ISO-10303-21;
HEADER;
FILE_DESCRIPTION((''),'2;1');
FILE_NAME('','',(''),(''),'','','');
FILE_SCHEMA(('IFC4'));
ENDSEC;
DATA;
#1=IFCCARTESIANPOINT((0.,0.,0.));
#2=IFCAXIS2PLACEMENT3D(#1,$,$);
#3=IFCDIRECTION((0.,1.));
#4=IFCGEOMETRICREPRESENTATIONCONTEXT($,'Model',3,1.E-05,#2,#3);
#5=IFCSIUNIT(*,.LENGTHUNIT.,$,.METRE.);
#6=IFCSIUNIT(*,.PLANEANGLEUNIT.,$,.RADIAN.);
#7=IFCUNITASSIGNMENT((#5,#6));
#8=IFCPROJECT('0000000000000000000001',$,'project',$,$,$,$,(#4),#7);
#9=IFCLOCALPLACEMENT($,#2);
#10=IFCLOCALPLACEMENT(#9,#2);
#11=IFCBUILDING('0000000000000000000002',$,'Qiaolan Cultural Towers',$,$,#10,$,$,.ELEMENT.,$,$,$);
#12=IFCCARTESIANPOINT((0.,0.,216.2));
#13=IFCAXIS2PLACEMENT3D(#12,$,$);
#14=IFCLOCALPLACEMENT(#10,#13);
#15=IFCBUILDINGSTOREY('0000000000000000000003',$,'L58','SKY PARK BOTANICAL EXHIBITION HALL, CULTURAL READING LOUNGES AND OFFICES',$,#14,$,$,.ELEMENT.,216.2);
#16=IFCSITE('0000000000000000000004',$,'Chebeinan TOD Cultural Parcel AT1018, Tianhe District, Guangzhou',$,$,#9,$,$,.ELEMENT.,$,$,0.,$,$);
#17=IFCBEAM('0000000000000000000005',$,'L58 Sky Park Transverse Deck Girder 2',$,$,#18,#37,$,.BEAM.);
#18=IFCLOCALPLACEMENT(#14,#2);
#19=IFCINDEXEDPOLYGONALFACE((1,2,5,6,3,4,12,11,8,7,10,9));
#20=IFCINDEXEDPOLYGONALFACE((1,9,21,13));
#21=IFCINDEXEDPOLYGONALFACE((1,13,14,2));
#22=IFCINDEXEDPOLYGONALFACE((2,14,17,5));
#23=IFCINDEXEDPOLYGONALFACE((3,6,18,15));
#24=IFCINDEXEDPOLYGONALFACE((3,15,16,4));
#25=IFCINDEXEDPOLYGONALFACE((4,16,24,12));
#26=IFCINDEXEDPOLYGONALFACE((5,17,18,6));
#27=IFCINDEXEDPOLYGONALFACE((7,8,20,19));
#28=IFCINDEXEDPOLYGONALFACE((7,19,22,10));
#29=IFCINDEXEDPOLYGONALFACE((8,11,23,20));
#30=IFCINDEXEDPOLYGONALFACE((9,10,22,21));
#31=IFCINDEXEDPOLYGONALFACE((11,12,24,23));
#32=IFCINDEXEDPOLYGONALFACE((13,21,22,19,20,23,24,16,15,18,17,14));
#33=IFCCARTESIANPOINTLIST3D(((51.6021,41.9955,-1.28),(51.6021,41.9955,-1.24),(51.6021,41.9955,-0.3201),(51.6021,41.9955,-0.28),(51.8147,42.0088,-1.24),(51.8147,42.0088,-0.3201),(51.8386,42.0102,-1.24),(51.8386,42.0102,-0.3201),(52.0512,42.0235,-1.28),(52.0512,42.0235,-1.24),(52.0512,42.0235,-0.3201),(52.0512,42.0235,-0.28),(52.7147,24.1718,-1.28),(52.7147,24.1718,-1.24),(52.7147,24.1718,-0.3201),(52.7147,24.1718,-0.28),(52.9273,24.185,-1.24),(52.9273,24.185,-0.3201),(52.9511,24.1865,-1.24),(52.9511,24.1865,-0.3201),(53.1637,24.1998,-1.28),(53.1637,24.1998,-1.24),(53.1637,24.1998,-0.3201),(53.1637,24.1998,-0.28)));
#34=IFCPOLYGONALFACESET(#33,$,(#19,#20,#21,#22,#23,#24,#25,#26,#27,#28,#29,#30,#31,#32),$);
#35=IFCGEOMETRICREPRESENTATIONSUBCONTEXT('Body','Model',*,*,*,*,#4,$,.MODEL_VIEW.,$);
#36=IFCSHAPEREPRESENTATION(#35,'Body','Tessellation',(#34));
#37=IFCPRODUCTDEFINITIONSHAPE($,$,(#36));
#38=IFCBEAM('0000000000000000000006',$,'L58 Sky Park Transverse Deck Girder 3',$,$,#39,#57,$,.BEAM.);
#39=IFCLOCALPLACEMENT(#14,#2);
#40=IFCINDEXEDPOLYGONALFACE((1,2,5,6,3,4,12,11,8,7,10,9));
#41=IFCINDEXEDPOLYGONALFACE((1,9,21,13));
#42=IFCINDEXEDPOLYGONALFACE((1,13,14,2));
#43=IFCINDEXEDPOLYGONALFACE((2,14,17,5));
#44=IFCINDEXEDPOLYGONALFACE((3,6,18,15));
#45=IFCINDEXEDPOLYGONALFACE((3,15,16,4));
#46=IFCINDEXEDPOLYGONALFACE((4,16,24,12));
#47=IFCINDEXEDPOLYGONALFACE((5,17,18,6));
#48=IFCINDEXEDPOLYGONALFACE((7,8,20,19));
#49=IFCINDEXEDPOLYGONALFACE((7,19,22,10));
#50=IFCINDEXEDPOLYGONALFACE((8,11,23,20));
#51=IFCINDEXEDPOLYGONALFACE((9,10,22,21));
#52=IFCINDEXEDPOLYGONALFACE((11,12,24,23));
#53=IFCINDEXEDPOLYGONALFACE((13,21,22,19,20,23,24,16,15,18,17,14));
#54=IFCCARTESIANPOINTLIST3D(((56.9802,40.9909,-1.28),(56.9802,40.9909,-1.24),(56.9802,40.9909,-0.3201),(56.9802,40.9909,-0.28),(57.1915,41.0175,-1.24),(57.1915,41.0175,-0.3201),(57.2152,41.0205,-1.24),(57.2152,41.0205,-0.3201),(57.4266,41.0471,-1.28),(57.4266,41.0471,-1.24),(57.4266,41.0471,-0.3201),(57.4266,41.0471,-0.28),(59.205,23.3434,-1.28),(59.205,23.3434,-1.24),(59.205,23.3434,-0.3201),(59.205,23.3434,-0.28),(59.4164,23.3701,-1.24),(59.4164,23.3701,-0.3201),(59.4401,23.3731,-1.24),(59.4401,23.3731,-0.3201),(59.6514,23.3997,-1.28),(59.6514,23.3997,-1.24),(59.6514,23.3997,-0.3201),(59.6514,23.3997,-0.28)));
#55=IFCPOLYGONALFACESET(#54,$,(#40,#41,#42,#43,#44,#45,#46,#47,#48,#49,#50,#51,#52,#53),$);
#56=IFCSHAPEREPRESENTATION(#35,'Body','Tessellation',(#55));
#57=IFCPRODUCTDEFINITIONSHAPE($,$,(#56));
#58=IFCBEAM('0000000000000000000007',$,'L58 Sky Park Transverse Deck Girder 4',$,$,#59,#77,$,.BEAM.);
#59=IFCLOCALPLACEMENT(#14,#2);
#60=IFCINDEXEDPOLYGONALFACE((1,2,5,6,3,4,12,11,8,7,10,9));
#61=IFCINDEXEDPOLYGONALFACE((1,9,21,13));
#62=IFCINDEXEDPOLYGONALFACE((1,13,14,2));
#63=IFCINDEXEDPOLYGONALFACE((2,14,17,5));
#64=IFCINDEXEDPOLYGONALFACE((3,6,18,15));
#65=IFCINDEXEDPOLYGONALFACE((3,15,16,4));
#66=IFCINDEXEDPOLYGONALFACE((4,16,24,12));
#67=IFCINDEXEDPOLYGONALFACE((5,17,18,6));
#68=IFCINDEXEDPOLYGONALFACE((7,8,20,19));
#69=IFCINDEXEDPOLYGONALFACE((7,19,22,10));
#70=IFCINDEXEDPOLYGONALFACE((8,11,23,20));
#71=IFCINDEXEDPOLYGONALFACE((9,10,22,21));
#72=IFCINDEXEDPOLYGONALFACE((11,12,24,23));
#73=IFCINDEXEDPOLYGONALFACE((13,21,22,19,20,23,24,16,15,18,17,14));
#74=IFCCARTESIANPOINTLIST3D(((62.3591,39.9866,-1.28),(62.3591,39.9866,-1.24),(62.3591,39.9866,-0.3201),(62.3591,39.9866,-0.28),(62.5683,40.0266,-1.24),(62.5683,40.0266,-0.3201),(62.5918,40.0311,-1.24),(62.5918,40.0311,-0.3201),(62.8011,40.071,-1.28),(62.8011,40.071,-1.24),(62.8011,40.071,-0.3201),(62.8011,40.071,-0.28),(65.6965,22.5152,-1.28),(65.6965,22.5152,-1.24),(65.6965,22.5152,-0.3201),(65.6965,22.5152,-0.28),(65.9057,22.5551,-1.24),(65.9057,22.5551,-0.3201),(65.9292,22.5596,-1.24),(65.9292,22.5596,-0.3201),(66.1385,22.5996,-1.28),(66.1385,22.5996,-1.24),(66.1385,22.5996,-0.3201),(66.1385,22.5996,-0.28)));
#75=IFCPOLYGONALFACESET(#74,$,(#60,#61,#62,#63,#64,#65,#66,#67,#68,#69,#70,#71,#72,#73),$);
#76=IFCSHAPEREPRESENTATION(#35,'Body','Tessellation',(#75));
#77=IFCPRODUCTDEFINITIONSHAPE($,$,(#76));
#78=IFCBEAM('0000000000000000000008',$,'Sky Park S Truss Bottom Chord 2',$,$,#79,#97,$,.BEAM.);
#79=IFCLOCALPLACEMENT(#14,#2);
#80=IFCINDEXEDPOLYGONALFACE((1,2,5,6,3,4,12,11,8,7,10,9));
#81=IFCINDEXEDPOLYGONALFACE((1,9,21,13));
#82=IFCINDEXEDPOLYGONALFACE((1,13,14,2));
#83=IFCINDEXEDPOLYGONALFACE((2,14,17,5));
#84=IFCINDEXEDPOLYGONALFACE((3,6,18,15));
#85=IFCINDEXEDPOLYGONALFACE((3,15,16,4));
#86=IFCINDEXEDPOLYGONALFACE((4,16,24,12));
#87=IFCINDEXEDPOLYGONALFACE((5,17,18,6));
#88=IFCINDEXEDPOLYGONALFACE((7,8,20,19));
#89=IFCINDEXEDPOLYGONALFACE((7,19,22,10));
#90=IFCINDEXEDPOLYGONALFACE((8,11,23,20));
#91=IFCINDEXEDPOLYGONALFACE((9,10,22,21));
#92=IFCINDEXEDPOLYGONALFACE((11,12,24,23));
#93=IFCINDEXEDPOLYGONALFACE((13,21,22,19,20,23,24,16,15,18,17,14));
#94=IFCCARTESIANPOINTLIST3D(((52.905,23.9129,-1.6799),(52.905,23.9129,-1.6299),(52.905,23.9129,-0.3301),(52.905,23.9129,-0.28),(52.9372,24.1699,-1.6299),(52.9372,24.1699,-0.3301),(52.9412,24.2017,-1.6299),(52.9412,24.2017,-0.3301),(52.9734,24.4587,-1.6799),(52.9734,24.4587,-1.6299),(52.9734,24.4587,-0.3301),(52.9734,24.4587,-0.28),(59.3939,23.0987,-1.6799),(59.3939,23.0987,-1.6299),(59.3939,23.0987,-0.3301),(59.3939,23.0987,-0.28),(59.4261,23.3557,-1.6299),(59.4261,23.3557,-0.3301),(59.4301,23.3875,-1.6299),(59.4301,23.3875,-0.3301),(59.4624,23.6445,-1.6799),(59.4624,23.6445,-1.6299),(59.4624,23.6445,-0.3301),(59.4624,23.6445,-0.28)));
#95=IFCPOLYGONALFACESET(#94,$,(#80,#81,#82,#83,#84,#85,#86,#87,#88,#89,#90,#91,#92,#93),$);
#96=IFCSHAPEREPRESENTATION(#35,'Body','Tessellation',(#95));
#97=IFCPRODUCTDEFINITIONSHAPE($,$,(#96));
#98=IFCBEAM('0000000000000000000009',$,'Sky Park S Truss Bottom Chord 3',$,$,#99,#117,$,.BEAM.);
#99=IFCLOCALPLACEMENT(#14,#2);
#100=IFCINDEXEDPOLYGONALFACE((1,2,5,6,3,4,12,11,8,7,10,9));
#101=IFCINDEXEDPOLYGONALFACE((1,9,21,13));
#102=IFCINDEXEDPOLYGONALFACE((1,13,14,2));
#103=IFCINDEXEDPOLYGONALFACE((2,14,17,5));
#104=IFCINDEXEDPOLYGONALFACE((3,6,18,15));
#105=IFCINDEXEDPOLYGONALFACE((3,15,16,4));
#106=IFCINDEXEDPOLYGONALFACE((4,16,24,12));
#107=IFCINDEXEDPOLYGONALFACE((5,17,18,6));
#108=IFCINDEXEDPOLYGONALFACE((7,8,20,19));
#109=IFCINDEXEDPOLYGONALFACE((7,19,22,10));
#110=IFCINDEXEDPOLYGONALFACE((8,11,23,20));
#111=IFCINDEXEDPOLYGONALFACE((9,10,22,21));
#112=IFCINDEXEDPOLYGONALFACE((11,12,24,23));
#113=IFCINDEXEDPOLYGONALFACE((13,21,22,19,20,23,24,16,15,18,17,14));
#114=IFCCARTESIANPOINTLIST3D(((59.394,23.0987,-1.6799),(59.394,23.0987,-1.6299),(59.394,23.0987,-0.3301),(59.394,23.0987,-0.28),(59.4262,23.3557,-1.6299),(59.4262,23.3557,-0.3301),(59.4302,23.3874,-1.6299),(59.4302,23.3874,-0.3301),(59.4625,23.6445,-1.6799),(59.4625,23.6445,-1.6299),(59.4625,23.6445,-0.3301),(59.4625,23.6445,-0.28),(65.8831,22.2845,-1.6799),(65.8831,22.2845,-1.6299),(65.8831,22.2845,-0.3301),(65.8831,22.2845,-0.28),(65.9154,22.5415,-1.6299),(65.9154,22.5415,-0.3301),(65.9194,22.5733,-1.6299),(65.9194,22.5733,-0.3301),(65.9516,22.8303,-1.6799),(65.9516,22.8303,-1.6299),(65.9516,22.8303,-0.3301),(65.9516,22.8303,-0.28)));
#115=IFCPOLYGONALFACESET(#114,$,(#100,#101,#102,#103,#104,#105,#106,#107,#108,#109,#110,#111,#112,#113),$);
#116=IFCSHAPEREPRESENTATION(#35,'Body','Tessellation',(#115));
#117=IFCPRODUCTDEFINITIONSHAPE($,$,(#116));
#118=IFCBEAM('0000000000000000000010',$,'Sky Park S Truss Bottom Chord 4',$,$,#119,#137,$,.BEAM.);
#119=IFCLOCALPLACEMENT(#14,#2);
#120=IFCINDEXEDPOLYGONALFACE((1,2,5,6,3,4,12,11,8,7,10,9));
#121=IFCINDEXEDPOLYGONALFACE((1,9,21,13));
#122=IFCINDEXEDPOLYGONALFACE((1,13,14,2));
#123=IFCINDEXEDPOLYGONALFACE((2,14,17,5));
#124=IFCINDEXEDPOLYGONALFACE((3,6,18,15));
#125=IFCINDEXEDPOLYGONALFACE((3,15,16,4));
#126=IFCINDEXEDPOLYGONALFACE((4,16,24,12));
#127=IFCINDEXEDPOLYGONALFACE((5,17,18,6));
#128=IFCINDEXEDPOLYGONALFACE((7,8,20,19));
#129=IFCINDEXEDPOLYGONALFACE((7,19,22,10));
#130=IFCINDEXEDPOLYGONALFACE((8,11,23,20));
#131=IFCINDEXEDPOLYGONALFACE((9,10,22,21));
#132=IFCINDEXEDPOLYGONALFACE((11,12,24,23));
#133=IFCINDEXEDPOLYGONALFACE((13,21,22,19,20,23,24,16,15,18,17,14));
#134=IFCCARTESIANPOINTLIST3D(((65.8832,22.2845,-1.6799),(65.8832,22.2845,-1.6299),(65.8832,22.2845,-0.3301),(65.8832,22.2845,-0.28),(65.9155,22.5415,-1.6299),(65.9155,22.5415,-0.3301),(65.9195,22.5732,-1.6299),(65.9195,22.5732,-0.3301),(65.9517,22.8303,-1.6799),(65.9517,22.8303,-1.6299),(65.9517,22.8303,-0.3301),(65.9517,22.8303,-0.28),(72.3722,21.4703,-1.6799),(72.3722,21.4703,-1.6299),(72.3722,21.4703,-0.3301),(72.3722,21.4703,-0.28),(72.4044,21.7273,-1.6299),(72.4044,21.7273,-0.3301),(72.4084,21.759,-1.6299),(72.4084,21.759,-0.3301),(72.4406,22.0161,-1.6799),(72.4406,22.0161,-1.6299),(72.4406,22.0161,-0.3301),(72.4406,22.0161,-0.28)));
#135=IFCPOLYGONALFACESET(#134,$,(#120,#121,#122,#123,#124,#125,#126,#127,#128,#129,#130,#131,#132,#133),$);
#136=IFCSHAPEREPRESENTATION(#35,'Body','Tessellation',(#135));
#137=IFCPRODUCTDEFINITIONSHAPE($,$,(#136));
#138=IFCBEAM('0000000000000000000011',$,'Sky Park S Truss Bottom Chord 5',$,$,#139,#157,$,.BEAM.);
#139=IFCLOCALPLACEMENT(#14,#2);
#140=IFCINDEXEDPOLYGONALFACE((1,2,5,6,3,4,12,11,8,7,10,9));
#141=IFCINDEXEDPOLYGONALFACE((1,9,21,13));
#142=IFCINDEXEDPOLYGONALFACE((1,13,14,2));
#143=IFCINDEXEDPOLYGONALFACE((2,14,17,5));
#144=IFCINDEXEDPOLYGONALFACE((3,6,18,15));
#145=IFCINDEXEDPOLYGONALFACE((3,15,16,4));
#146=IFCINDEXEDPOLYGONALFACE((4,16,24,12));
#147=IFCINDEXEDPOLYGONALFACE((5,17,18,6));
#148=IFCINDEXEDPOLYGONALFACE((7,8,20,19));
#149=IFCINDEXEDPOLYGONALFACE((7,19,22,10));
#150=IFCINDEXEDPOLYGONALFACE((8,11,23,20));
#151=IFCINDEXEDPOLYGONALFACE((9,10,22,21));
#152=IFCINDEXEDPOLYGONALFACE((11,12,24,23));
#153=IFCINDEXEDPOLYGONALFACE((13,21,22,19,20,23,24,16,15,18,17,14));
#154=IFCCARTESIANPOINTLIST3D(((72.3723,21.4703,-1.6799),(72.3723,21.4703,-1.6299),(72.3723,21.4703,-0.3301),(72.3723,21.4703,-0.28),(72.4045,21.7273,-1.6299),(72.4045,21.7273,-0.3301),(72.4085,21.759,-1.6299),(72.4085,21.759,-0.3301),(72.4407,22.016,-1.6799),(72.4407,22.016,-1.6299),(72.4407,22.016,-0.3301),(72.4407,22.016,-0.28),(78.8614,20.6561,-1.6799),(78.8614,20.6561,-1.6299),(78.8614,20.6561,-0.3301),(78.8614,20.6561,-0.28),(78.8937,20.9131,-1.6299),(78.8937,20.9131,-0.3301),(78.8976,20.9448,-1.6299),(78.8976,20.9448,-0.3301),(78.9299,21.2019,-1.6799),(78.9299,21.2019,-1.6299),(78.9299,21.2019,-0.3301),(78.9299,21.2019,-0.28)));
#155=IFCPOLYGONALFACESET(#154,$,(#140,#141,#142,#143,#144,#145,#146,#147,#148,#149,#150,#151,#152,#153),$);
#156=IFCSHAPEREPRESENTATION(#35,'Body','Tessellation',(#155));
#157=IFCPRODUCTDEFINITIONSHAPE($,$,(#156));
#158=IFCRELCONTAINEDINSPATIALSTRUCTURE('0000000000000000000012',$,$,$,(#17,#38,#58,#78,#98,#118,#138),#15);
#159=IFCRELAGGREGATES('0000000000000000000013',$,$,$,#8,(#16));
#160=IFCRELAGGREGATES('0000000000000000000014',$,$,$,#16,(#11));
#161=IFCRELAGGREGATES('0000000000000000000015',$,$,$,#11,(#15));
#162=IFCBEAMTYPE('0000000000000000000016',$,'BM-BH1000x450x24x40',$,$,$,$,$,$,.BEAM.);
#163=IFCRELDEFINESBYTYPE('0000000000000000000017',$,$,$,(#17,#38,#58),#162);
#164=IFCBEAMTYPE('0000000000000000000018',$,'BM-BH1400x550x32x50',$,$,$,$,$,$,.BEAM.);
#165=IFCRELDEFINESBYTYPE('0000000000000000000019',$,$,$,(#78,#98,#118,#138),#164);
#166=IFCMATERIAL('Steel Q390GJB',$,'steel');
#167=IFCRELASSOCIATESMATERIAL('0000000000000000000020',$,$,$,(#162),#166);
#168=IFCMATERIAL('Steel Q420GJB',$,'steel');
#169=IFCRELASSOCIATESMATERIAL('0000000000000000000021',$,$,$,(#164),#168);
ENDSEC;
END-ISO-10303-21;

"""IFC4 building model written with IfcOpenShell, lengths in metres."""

from ifc_helpers import new_model, si_unit, direction, frame, origin, origin_2d, place, context, subcontext, project, spatial, i_section, extrude, material, material_profile, profile_set, type_object, element, save


model = new_model("IFC4")

# Units and contexts
model_context = context("Model", 3, precision=1e-05, world=origin(), true_north=direction((0.0, 1.0)))
body_context = subcontext(model_context, "Body", "Model", "MODEL_VIEW")
ifc_project = project(units=[si_unit("LENGTHUNIT", "METRE"), si_unit("PLANEANGLEUNIT", "RADIAN")], contexts=[model_context])

# Site, building, storey
site_placement = place(None, origin())
site = spatial("IfcSite", under=ifc_project, at=site_placement, Name="Chebeinan TOD Cultural Parcel AT1018, Tianhe District, Guangzhou", CompositionType="ELEMENT", RefElevation=0.0)
building_placement = place(site_placement, origin())
building = spatial("IfcBuilding", under=site, at=building_placement, Name="Qiaolan Cultural Towers", CompositionType="ELEMENT")
storey_placement = place(building_placement, frame((0.0, 0.0, 216.2)))
storey = spatial("IfcBuildingStorey", under=building, at=storey_placement, Name="L58", Description="SKY PARK BOTANICAL EXHIBITION HALL, CULTURAL READING LOUNGES AND OFFICES", CompositionType="ELEMENT", Elevation=216.2)

# Beams
ifc_material_1 = material(Name="Steel Q390GJB", Category="steel")
ifc_material_profile_1 = material_profile(ifc_material_1, i_section(OverallWidth=0.45, OverallDepth=1.0, WebThickness=0.0239, FlangeThickness=0.04, at=origin_2d()), Name="BH1000x450x24x40")
ifc_profile_set_1 = profile_set([ifc_material_profile_1], Name="Steel Q390GJB")
beam_type_1 = type_object("IfcBeamType", Name="BM-BH1000x450x24x40", PredefinedType="BEAM", material=ifc_profile_set_1)
beam_1_placement = place(storey_placement, frame((52.9392, 24.1858, -0.78), z_axis=(-0.062298, 0.998058, 0.0), x_axis=(-0.998058, -0.062298, 0.0)))
element("IfcBeam", 1, at=beam_1_placement, inside=storey, type_object=beam_type_1, Name="L58 Sky Park Transverse Deck Girder 2", PredefinedType="BEAM", context=body_context, shape_type="SweptSolid", body=[
    extrude(i_section(OverallWidth=0.45, OverallDepth=1.0, WebThickness=0.0239, FlangeThickness=0.04, at=origin_2d()), origin(), (0.0, 0.0, 1.0), 17.8584),
])
beam_2_placement = place(storey_placement, frame((59.4282, 23.3716, -0.78), z_axis=(-0.125082, 0.992146, 0.0), x_axis=(-0.992146, -0.125082, 0.0)))
element("IfcBeam", 2, at=beam_2_placement, inside=storey, type_object=beam_type_1, Name="L58 Sky Park Transverse Deck Girder 3", PredefinedType="BEAM", context=body_context, shape_type="SweptSolid", body=[
    extrude(i_section(OverallWidth=0.45, OverallDepth=1.0, WebThickness=0.0239, FlangeThickness=0.04, at=origin_2d()), origin(), (0.0, 0.0, 1.0), 17.7871),
])
beam_3_placement = place(storey_placement, frame((65.9175, 22.5574, -0.78), z_axis=(-0.187628, 0.98224, 0.0), x_axis=(-0.98224, -0.187628, 0.0)))
element("IfcBeam", 3, at=beam_3_placement, inside=storey, type_object=beam_type_1, Name="L58 Sky Park Transverse Deck Girder 4", PredefinedType="BEAM", context=body_context, shape_type="SweptSolid", body=[
    extrude(i_section(OverallWidth=0.45, OverallDepth=1.0, WebThickness=0.0239, FlangeThickness=0.04, at=origin_2d()), origin(), (0.0, 0.0, 1.0), 17.7874),
])
ifc_material_2 = material(Name="Steel Q420GJB", Category="steel")
ifc_material_profile_2 = material_profile(ifc_material_2, i_section(OverallWidth=0.55, OverallDepth=1.3999, WebThickness=0.032, FlangeThickness=0.05, at=origin_2d()), Name="BH1400x550x32x50")
ifc_profile_set_2 = profile_set([ifc_material_profile_2], Name="Steel Q420GJB")
beam_type_2 = type_object("IfcBeamType", Name="BM-BH1400x550x32x50", PredefinedType="BEAM", material=ifc_profile_set_2)
beam_4_placement = place(storey_placement, frame((52.9392, 24.1858, -0.98), z_axis=(0.99222, -0.124499, 0.0), x_axis=(0.124499, 0.99222, 0.0)))
element("IfcBeam", 4, at=beam_4_placement, inside=storey, type_object=beam_type_2, Name="Sky Park S Truss Bottom Chord 2", PredefinedType="BEAM", context=body_context, shape_type="SweptSolid", body=[
    extrude(i_section(OverallWidth=0.55, OverallDepth=1.3999, WebThickness=0.032, FlangeThickness=0.05, at=origin_2d()), origin(), (0.0, 0.0, 1.0), 6.5398),
])
beam_5_placement = place(storey_placement, frame((59.4282, 23.3716, -0.98), z_axis=(0.99222, -0.124494, 0.0), x_axis=(0.124494, 0.99222, 0.0)))
element("IfcBeam", 5, at=beam_5_placement, inside=storey, type_object=beam_type_2, Name="Sky Park S Truss Bottom Chord 3", PredefinedType="BEAM", context=body_context, shape_type="SweptSolid", body=[
    extrude(i_section(OverallWidth=0.55, OverallDepth=1.3999, WebThickness=0.032, FlangeThickness=0.05, at=origin_2d()), origin(), (0.0, 0.0, 1.0), 6.54),
])
beam_6_placement = place(storey_placement, frame((65.9175, 22.5574, -0.98), z_axis=(0.99222, -0.124499, 0.0), x_axis=(0.124499, 0.99222, 0.0)))
element("IfcBeam", 6, at=beam_6_placement, inside=storey, type_object=beam_type_2, Name="Sky Park S Truss Bottom Chord 4", PredefinedType="BEAM", context=body_context, shape_type="SweptSolid", body=[
    extrude(i_section(OverallWidth=0.55, OverallDepth=1.3999, WebThickness=0.032, FlangeThickness=0.05, at=origin_2d()), origin(), (0.0, 0.0, 1.0), 6.5398),
])
beam_7_placement = place(storey_placement, frame((72.4065, 21.7432, -0.98), z_axis=(0.99222, -0.124494, 0.0), x_axis=(0.124494, 0.99222, 0.0)))
element("IfcBeam", 7, at=beam_7_placement, inside=storey, type_object=beam_type_2, Name="Sky Park S Truss Bottom Chord 5", PredefinedType="BEAM", context=body_context, shape_type="SweptSolid", body=[
    extrude(i_section(OverallWidth=0.55, OverallDepth=1.3999, WebThickness=0.032, FlangeThickness=0.05, at=origin_2d()), origin(), (0.0, 0.0, 1.0), 6.54),
])

save(model, "model.ifc")
